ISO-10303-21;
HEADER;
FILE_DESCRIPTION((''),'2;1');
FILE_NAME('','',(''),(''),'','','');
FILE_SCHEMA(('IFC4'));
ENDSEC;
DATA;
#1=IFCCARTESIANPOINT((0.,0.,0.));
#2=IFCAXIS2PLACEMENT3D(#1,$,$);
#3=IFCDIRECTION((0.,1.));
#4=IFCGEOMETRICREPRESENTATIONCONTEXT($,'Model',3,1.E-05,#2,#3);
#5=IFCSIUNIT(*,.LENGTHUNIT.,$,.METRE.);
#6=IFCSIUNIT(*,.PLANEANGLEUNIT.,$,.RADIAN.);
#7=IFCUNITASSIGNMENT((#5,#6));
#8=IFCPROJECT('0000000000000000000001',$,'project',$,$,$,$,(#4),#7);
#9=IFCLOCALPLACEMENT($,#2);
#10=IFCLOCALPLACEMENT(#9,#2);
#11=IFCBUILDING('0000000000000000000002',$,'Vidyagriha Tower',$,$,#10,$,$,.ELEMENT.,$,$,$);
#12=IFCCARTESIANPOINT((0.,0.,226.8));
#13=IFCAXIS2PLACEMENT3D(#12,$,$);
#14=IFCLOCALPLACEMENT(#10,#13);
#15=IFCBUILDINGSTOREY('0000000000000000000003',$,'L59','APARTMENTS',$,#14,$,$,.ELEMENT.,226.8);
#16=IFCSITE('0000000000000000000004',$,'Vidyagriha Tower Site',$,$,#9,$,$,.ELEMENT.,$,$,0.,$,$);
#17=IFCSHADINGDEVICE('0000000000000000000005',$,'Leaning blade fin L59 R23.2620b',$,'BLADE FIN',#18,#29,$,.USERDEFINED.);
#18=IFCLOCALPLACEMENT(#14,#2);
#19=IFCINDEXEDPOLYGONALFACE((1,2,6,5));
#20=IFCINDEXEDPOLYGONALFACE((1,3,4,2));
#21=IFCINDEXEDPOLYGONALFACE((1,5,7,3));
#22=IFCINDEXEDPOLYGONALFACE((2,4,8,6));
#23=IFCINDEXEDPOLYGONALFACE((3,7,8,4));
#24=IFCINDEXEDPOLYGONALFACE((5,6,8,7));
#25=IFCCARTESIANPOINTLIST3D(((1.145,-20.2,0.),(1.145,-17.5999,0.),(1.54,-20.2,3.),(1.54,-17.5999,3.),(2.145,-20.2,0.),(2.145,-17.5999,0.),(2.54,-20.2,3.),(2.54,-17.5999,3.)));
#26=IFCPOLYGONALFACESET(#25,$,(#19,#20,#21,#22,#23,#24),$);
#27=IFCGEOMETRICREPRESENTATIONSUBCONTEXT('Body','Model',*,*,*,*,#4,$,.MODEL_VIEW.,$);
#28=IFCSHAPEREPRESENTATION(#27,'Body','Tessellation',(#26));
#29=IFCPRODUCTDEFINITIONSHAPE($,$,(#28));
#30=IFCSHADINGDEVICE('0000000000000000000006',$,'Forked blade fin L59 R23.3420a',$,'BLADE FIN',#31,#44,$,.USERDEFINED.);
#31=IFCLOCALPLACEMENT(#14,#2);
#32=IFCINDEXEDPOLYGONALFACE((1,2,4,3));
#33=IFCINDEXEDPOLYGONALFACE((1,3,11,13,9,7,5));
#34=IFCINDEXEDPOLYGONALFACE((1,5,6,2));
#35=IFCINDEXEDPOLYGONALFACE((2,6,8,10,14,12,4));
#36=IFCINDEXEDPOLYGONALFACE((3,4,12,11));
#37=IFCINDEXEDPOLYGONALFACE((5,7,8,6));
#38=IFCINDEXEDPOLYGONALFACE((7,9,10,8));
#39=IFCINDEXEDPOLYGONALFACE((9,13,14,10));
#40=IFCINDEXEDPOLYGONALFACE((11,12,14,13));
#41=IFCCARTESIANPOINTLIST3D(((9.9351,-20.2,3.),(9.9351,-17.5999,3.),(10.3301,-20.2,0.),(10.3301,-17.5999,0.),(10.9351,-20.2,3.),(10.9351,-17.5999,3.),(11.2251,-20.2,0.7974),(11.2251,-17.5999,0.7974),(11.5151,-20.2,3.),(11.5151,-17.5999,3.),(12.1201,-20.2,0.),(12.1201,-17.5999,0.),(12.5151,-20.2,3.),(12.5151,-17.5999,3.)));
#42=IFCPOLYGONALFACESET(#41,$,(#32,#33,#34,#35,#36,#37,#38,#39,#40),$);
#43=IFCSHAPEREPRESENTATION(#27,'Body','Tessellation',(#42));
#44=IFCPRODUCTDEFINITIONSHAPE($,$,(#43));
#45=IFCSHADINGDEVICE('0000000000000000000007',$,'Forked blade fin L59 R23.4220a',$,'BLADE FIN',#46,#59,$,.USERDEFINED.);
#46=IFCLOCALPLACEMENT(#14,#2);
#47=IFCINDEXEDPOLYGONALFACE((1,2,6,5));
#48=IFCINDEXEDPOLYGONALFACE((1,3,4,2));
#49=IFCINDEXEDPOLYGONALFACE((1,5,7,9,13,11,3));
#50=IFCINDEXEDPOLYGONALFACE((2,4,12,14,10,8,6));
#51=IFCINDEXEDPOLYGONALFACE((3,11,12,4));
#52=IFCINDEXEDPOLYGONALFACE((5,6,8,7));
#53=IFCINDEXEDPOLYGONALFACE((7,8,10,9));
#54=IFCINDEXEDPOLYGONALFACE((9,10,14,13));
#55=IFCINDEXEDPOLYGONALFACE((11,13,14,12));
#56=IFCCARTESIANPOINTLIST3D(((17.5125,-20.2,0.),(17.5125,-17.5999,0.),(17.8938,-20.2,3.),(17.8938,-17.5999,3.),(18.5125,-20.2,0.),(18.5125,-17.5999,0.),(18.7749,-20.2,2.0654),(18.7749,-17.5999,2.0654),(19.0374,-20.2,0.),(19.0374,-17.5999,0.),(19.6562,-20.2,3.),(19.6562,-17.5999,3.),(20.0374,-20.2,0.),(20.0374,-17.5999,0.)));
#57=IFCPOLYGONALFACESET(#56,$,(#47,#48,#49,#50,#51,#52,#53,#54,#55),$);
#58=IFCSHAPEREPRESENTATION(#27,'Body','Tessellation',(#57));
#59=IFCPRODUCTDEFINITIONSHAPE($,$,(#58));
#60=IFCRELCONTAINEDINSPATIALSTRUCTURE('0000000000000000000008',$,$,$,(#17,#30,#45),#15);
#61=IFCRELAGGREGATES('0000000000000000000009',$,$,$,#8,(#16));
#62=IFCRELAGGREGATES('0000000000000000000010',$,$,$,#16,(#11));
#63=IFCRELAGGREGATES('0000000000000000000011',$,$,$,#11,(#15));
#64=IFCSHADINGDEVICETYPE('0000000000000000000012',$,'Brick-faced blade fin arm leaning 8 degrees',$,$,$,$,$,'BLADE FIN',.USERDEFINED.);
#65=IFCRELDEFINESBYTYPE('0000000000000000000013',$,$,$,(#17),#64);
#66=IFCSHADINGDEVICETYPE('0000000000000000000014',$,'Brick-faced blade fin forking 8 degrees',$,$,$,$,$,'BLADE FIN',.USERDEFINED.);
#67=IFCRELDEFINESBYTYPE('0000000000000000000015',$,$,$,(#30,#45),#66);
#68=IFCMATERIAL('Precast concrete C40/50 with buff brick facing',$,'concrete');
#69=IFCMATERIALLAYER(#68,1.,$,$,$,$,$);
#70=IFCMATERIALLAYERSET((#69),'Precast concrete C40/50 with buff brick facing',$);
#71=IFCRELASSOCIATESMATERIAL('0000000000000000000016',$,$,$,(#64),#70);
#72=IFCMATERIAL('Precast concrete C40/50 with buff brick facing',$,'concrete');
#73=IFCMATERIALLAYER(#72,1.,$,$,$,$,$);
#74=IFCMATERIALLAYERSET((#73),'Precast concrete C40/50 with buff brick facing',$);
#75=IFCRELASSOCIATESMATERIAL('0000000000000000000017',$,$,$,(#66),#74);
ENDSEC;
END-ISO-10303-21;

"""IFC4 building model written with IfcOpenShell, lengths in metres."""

from ifc_helpers import new_model, si_unit, direction, frame, origin, place, context, subcontext, project, spatial, polyline, outline, extrude, material, layer, layer_set, type_object, element, save


model = new_model("IFC4")

# Units and contexts
model_context = context("Model", 3, precision=1e-05, world=origin(), true_north=direction((0.0, 1.0)))
body_context = subcontext(model_context, "Body", "Model", "MODEL_VIEW")
ifc_project = project(units=[si_unit("LENGTHUNIT", "METRE"), si_unit("PLANEANGLEUNIT", "RADIAN")], contexts=[model_context])

# Site, building, storey
site_placement = place(None, origin())
site = spatial("IfcSite", under=ifc_project, at=site_placement, Name="Vidyagriha Tower Site", CompositionType="ELEMENT", RefElevation=0.0)
building_placement = place(site_placement, origin())
building = spatial("IfcBuilding", under=site, at=building_placement, Name="Vidyagriha Tower", CompositionType="ELEMENT")
storey_placement = place(building_placement, frame((0.0, 0.0, 226.8)))
storey = spatial("IfcBuildingStorey", under=building, at=storey_placement, Name="L59", Description="APARTMENTS", CompositionType="ELEMENT", Elevation=226.8)

# Shading devices
ifc_material_1 = material(Name="Precast concrete C40/50 with buff brick facing", Category="concrete")
ifc_layer_1 = layer(ifc_material_1, 1.0)
ifc_layer_set_1 = layer_set([ifc_layer_1], Name="Precast concrete C40/50 with buff brick facing")
shading_device_type_1 = type_object("IfcShadingDeviceType", Name="Brick-faced blade fin arm leaning 8 degrees", ElementType="BLADE FIN", PredefinedType="USERDEFINED", material=ifc_layer_set_1)
shading_device_1_placement = place(storey_placement, frame((1.145, -18.8999, 0.0)))
element("IfcShadingDevice", 1, at=shading_device_1_placement, inside=storey, type_object=shading_device_type_1, Name="Leaning blade fin L59 R23.2620b", ObjectType="BLADE FIN", PredefinedType="USERDEFINED", context=body_context, shape_type="SweptSolid", body=[
    extrude(outline(polyline([(0.0, 0.0), (1.0, 0.0), (1.395, 3.0), (0.395, 3.0), (0.0, 0.0)])), frame((0.0, 1.3, 0.0), z_axis=(0.0, -1.0, 0.0), x_axis=(1.0, 0.0, 0.0)), (0.0, 0.0, 1.0), 2.6001),
])
ifc_material_2 = material(Name="Precast concrete C40/50 with buff brick facing", Category="concrete")
ifc_layer_2 = layer(ifc_material_2, 1.0)
ifc_layer_set_2 = layer_set([ifc_layer_2], Name="Precast concrete C40/50 with buff brick facing")
shading_device_type_2 = type_object("IfcShadingDeviceType", Name="Brick-faced blade fin forking 8 degrees", ElementType="BLADE FIN", PredefinedType="USERDEFINED", material=ifc_layer_set_2)
shading_device_2_placement = place(storey_placement, frame((9.9351, -18.8999, 0.0)))
element("IfcShadingDevice", 2, at=shading_device_2_placement, inside=storey, type_object=shading_device_type_2, Name="Forked blade fin L59 R23.3420a", ObjectType="BLADE FIN", PredefinedType="USERDEFINED", context=body_context, shape_type="SweptSolid", body=[
    extrude(outline(polyline([(0.395, 0.0), (2.1851, 0.0), (2.5801, 3.0), (1.5801, 3.0), (1.29, 0.7974), (1.0, 3.0), (0.0, 3.0), (0.395, 0.0)])), frame((0.0, 1.3, 0.0), z_axis=(0.0, -1.0, 0.0), x_axis=(1.0, 0.0, 0.0)), (0.0, 0.0, 1.0), 2.6001),
])
shading_device_3_placement = place(storey_placement, frame((17.5125, -18.8999, 0.0)))
element("IfcShadingDevice", 3, at=shading_device_3_placement, inside=storey, type_object=shading_device_type_2, Name="Forked blade fin L59 R23.4220a", ObjectType="BLADE FIN", PredefinedType="USERDEFINED", context=body_context, shape_type="SweptSolid", body=[
    extrude(outline(polyline([(1.0, 0.0), (1.2625, 2.0654), (1.5249, 0.0), (2.5249, 0.0), (2.1438, 3.0), (0.3813, 3.0), (0.0, 0.0), (1.0, 0.0)])), frame((0.0, 1.3, 0.0), z_axis=(0.0, -1.0, 0.0), x_axis=(1.0, 0.0, 0.0)), (0.0, 0.0, 1.0), 2.6001),
])

save(model, "model.ifc")
